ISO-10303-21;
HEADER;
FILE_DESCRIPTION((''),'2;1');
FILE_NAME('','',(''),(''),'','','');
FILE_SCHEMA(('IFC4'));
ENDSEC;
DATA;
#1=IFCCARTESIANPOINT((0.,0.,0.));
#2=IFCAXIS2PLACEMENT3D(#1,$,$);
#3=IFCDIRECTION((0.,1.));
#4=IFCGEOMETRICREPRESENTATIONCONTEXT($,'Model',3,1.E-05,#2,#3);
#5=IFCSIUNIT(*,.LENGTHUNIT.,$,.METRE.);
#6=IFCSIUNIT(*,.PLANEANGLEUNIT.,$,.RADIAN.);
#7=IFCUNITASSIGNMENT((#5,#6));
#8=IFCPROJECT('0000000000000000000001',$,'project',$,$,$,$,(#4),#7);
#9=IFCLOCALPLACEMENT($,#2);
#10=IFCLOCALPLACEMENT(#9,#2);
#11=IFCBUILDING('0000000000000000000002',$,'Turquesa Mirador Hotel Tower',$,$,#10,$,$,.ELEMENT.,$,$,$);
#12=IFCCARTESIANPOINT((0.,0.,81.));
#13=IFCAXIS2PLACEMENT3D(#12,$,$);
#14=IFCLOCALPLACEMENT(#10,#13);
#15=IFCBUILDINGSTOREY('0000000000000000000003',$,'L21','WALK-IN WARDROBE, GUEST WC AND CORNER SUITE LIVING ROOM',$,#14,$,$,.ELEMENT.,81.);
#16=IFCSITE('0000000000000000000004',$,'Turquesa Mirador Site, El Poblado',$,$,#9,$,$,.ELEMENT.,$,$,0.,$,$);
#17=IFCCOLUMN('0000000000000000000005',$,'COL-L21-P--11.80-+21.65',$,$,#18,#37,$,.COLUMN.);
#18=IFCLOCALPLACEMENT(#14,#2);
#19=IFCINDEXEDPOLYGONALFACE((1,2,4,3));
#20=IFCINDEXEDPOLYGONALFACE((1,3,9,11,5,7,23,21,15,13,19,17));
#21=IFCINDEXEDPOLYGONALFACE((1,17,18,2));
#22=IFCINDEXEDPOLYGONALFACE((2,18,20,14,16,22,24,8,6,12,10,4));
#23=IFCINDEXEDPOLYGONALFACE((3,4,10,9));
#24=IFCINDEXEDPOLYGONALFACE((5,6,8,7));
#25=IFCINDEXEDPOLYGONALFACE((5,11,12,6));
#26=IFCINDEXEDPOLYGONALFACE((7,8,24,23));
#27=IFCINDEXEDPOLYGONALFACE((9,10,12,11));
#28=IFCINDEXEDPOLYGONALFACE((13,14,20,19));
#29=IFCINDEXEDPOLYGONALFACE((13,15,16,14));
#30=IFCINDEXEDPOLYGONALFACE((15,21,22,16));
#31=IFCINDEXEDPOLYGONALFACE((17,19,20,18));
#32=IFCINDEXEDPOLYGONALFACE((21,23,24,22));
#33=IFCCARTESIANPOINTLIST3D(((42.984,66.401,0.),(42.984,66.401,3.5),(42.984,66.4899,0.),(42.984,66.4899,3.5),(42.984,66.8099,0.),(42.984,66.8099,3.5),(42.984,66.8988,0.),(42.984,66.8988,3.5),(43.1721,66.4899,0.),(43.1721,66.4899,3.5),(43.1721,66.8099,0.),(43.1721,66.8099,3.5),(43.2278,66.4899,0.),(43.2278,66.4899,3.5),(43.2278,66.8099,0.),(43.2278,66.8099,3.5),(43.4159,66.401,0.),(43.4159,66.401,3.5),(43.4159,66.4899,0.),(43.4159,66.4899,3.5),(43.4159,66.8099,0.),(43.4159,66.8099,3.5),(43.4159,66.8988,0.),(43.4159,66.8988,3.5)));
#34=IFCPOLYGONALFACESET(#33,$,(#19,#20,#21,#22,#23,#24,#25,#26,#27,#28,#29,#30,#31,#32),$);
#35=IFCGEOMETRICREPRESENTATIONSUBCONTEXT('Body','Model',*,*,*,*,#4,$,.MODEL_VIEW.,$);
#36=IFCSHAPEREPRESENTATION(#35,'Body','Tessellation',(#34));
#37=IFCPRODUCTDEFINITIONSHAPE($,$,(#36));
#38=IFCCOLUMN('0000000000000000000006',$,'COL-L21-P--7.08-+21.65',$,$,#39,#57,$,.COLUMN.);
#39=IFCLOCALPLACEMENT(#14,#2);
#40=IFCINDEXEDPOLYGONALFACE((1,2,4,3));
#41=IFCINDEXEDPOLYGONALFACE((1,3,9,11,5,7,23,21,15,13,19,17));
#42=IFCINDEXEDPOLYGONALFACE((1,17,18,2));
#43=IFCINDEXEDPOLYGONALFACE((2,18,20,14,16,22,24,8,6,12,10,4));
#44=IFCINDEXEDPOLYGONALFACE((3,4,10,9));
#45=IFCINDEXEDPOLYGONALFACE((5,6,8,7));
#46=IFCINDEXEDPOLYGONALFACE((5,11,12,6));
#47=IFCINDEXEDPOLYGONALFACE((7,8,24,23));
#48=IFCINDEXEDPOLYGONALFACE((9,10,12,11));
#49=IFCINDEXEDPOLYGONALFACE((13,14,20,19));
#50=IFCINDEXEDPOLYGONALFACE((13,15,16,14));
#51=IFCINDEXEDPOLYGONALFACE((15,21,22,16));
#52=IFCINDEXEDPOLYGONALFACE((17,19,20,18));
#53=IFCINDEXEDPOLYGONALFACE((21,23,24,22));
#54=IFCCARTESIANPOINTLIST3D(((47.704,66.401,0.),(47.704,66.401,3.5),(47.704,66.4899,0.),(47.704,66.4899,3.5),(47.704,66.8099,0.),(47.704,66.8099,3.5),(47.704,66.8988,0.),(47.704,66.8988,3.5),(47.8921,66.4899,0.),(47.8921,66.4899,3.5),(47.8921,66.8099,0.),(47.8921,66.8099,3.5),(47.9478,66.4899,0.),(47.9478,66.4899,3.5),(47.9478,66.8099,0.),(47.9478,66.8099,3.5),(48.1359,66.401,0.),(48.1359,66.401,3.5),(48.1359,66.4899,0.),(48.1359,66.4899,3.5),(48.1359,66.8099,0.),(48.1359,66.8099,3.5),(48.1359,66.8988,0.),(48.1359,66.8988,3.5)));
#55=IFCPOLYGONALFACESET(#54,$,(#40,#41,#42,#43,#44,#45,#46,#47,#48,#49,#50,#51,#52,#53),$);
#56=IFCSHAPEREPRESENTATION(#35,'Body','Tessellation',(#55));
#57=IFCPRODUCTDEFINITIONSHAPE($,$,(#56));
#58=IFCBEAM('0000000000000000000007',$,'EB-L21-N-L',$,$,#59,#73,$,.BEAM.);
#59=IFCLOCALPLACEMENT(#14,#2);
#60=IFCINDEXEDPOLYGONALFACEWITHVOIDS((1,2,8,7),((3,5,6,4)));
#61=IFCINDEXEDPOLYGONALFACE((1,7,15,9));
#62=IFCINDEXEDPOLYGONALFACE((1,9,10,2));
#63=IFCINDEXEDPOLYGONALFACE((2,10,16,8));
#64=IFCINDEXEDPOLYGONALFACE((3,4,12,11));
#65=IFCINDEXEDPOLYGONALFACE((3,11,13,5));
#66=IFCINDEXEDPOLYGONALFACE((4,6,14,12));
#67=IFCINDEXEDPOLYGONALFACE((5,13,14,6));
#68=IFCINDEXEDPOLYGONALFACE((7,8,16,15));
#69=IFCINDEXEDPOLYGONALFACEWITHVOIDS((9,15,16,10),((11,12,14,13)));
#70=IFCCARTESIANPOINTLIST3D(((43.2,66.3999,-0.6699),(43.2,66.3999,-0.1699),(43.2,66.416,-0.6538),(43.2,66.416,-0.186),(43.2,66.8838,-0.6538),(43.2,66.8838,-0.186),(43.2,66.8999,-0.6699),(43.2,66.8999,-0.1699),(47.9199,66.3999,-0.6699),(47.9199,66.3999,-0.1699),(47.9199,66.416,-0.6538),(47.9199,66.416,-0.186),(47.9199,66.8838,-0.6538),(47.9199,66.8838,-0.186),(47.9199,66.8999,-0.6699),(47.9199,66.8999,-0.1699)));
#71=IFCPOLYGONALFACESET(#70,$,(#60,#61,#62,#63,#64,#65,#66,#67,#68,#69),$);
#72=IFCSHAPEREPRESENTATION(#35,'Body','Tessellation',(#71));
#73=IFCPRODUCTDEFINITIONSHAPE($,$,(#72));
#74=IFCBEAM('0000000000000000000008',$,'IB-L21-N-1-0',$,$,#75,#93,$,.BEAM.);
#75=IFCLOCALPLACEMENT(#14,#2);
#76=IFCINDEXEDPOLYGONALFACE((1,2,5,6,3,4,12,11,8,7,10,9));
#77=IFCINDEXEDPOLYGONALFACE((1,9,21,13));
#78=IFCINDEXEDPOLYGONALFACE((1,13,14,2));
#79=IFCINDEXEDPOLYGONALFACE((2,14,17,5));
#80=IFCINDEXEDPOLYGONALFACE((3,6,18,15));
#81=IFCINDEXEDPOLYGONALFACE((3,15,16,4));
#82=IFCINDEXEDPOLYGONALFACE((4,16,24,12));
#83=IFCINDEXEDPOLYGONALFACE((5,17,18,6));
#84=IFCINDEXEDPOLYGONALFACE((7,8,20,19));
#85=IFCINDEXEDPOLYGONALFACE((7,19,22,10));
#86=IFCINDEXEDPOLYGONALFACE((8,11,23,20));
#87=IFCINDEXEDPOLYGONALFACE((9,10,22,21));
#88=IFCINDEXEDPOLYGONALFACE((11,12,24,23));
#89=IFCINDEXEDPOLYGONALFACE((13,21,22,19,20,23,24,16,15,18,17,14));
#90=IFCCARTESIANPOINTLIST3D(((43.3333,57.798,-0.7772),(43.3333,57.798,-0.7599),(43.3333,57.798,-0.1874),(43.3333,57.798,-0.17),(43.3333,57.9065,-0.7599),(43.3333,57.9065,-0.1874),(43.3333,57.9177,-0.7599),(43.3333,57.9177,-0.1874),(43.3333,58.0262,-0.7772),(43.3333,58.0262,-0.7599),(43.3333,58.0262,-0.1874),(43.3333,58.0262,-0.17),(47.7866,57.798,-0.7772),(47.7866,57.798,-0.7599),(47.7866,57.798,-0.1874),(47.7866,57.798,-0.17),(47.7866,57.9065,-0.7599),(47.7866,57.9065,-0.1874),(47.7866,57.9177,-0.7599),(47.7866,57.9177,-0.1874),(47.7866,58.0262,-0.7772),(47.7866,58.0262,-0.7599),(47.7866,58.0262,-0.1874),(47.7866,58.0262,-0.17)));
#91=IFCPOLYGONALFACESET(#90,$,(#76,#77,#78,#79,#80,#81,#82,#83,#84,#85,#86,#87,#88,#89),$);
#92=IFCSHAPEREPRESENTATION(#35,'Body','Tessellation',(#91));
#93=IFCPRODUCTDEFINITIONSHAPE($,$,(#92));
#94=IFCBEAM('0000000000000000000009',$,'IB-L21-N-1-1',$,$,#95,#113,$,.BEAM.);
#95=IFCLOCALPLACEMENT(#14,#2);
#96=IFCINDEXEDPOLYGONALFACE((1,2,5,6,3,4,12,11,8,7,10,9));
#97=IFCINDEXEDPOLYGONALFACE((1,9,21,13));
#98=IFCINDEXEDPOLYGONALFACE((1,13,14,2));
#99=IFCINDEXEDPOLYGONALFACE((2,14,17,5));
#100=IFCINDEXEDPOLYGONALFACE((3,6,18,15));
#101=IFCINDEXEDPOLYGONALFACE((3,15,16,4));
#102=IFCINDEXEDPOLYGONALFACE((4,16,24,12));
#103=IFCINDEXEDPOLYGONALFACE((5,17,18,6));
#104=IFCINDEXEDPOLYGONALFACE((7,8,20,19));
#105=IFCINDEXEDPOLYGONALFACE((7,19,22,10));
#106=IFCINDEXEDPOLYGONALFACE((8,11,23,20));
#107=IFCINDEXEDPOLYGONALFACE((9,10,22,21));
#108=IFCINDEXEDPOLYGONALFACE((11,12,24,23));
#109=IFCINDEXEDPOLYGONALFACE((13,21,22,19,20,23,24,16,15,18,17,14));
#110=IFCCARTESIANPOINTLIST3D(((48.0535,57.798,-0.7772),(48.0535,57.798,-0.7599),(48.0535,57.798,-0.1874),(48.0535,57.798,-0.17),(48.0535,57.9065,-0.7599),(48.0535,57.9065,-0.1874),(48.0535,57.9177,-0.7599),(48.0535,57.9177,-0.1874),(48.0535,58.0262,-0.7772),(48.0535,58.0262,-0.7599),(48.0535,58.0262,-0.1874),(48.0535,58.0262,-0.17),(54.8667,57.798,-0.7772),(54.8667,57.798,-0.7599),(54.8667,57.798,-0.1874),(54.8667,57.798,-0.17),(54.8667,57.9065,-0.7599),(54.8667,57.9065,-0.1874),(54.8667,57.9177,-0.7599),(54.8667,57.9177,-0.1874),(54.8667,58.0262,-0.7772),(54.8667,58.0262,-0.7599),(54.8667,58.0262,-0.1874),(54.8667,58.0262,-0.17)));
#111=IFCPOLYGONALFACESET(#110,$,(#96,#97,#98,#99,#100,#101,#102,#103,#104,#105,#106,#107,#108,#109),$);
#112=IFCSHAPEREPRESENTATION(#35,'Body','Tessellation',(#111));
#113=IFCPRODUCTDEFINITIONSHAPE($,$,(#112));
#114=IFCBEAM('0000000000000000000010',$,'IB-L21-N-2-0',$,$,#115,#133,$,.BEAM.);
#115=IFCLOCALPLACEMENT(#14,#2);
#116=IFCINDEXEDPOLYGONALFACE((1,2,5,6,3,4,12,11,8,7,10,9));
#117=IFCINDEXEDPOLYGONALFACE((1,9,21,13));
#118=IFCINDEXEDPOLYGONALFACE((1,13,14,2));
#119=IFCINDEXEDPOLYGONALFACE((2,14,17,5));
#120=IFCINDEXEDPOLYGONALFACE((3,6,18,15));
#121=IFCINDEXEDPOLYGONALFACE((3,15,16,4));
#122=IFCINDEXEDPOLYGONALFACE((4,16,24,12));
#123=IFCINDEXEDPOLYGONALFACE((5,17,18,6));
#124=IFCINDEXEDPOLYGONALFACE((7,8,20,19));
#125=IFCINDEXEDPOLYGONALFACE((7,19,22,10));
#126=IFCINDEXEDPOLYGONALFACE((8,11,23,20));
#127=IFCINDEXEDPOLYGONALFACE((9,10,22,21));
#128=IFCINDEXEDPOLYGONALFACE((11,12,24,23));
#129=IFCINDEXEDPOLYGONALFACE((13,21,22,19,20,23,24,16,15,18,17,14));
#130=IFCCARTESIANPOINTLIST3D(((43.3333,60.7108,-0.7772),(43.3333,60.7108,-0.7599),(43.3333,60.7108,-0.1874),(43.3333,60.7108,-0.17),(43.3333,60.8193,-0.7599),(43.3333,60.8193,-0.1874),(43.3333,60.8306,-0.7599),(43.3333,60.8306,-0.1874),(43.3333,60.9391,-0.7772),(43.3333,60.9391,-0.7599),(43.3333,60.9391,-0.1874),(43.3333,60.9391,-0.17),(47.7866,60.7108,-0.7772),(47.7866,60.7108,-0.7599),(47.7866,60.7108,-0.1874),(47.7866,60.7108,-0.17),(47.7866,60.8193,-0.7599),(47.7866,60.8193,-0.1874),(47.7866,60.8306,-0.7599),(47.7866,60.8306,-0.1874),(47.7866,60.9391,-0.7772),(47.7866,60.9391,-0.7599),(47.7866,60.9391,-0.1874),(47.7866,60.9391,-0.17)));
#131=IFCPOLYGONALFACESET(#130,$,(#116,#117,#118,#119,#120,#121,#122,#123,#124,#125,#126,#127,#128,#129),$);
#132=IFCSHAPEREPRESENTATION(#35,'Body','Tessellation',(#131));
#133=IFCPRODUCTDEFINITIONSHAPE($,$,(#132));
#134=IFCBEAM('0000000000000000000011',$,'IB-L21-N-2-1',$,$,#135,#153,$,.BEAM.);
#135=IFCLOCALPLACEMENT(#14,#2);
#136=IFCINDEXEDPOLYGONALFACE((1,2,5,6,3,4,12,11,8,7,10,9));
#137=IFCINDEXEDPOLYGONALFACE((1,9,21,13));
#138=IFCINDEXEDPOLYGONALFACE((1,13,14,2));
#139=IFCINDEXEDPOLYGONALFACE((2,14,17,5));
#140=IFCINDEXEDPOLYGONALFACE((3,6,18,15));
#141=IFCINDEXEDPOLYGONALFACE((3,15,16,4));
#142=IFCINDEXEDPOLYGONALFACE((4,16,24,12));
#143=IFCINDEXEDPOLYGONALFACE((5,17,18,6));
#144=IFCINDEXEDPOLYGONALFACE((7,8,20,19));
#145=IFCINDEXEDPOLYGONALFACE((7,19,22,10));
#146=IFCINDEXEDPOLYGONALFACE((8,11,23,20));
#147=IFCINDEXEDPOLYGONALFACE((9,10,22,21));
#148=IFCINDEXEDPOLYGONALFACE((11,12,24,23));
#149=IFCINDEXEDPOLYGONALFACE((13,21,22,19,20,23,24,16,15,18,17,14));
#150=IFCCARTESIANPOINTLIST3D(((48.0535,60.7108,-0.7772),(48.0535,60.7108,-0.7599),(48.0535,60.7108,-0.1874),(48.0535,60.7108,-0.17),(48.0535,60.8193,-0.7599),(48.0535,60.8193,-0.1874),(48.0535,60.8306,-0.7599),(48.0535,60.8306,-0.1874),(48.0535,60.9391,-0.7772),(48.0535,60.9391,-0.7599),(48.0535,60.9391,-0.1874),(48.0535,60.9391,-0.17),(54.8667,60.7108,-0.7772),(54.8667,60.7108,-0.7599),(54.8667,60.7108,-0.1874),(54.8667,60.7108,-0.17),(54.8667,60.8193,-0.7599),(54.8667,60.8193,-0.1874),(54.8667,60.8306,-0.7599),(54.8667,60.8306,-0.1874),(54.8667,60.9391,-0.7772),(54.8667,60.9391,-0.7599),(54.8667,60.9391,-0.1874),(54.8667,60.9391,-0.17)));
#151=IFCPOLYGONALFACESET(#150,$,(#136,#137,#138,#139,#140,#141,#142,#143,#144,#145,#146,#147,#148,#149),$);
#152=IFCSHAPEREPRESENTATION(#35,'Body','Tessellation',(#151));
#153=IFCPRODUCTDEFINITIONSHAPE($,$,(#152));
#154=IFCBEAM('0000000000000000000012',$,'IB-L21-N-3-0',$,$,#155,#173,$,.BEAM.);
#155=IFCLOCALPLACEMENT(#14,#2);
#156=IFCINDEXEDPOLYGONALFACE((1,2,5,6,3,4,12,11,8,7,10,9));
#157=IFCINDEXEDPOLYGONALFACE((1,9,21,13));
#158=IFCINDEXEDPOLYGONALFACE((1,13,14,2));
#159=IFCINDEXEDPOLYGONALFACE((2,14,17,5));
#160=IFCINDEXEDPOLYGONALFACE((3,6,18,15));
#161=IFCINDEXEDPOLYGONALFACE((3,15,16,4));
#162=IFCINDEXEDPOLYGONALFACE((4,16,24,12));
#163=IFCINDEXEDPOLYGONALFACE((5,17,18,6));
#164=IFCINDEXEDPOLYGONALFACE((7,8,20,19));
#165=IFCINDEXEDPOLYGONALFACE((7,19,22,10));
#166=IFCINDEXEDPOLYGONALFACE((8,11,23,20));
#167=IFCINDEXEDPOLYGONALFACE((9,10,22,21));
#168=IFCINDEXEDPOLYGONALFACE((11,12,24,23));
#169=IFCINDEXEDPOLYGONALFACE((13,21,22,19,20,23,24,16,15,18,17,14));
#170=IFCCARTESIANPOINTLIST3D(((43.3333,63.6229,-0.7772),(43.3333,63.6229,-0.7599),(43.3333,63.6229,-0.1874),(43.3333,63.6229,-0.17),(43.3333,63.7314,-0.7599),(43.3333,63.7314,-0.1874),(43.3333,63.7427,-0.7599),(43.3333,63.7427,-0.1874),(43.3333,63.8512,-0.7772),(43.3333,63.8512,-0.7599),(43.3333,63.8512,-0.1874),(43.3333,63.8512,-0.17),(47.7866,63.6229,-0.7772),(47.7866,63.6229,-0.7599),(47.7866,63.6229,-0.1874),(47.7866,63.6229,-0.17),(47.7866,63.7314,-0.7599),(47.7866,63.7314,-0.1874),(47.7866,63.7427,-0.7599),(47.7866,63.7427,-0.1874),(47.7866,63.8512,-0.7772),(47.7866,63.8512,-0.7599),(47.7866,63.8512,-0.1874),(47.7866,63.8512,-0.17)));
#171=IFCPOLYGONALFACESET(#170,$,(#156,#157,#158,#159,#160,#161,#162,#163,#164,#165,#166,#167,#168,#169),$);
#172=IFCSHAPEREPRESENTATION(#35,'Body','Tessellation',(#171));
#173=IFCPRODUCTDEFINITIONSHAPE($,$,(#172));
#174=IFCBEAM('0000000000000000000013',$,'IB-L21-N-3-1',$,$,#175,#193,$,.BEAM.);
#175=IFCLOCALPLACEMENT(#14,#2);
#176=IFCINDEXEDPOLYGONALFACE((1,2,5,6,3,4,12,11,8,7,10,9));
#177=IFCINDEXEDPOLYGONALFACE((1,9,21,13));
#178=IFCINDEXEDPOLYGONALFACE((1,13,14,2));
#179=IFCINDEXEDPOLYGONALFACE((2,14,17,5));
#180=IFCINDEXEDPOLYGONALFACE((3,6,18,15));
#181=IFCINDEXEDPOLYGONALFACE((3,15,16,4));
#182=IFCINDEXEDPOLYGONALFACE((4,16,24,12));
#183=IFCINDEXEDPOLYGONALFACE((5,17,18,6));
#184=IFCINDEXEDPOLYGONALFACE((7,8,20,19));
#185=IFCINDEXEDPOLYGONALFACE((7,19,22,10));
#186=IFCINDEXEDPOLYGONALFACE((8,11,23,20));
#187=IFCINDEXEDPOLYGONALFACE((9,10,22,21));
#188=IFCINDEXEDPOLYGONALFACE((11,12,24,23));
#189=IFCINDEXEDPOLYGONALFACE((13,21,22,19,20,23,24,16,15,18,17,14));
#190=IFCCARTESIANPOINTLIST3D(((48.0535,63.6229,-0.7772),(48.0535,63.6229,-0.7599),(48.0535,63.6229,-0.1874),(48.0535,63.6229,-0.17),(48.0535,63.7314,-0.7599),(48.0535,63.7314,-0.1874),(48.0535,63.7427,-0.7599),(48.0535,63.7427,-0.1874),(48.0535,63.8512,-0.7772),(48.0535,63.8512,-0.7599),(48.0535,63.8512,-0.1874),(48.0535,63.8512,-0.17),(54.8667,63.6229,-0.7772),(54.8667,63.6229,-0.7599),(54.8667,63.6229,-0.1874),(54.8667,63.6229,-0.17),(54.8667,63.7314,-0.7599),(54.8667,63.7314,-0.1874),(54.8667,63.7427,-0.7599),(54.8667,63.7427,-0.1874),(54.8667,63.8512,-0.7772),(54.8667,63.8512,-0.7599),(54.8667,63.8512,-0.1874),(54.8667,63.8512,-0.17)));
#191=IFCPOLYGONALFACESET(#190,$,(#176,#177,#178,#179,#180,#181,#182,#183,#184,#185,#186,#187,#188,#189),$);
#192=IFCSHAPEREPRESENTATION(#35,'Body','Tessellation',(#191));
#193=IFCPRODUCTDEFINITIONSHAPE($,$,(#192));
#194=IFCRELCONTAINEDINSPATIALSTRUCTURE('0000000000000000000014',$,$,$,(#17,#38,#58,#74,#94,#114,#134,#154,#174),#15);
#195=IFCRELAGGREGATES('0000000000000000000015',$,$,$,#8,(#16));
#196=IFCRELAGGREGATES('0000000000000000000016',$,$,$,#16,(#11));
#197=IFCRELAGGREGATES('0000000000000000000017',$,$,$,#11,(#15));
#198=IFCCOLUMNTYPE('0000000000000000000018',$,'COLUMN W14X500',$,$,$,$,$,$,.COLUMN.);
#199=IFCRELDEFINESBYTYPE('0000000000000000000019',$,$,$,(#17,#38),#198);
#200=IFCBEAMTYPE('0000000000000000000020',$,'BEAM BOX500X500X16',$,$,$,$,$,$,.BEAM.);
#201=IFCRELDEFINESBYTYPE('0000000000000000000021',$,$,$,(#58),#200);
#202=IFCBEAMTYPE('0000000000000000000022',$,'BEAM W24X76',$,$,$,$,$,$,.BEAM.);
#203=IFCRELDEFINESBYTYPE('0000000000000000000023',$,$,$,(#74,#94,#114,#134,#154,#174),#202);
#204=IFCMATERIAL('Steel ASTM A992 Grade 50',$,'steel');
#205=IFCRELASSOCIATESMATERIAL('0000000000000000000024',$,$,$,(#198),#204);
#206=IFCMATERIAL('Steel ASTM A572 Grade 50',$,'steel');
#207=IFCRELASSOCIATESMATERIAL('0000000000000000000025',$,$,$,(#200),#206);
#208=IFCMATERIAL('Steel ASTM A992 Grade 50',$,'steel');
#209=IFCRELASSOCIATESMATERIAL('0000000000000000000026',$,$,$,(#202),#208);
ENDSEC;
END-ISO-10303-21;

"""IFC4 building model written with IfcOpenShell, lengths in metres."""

from ifc_helpers import new_model, si_unit, direction, frame, origin, origin_2d, place, context, subcontext, project, spatial, hollow_rectangle, i_section, extrude, material, material_profile, profile_set, type_object, element, save


model = new_model("IFC4")

# Units and contexts
model_context = context("Model", 3, precision=1e-05, world=origin(), true_north=direction((0.0, 1.0)))
body_context = subcontext(model_context, "Body", "Model", "MODEL_VIEW")
ifc_project = project(units=[si_unit("LENGTHUNIT", "METRE"), si_unit("PLANEANGLEUNIT", "RADIAN")], contexts=[model_context])

# Site, building, storey
site_placement = place(None, origin())
site = spatial("IfcSite", under=ifc_project, at=site_placement, Name="Turquesa Mirador Site, El Poblado", CompositionType="ELEMENT", RefElevation=0.0)
building_placement = place(site_placement, origin())
building = spatial("IfcBuilding", under=site, at=building_placement, Name="Turquesa Mirador Hotel Tower", CompositionType="ELEMENT")
storey_placement = place(building_placement, frame((0.0, 0.0, 81.0)))
storey = spatial("IfcBuildingStorey", under=building, at=storey_placement, Name="L21", Description="WALK-IN WARDROBE, GUEST WC AND CORNER SUITE LIVING ROOM", CompositionType="ELEMENT", Elevation=81.0)

# Columns
ifc_material_1 = material(Name="Steel ASTM A992 Grade 50", Category="steel")
ifc_material_profile_1 = material_profile(ifc_material_1, i_section(OverallWidth=0.4319, OverallDepth=0.4978, WebThickness=0.0557, FlangeThickness=0.0889, at=origin_2d()), Name="W14X500")
ifc_profile_set_1 = profile_set([ifc_material_profile_1], Name="Steel ASTM A992 Grade 50")
column_type = type_object("IfcColumnType", Name="COLUMN W14X500", PredefinedType="COLUMN", material=ifc_profile_set_1)
for number, where, z_axis, x_axis, name in (
    (1, (43.2, 66.6499, 0.0), (0.0, 0.0, 1.0), (1.0, 0.0, 0.0), "COL-L21-P--11.80-+21.65"),
    (2, (47.9199, 66.6499, 0.0), (0.0, 0.0, 1.0), (1.0, 0.0, 0.0), "COL-L21-P--7.08-+21.65"),
):
    element("IfcColumn", number, at=place(storey_placement, frame(where, z_axis=z_axis, x_axis=x_axis)), inside=storey, type_object=column_type, Name=name, PredefinedType="COLUMN", context=body_context, shape_type="SweptSolid", body=[
        extrude(i_section(OverallWidth=0.4319, OverallDepth=0.4978, WebThickness=0.0557, FlangeThickness=0.0889, at=origin_2d()), origin(), (0.0, 0.0, 1.0), 3.5),
    ])

# Beams
ifc_material_2 = material(Name="Steel ASTM A572 Grade 50", Category="steel")
ifc_material_profile_2 = material_profile(ifc_material_2, hollow_rectangle(XDim=0.5, YDim=0.5, WallThickness=0.0161, at=origin_2d()), Name="BOX500X500X16")
ifc_profile_set_2 = profile_set([ifc_material_profile_2], Name="Steel ASTM A572 Grade 50")
beam_type_1 = type_object("IfcBeamType", Name="BEAM BOX500X500X16", PredefinedType="BEAM", material=ifc_profile_set_2)
beam_1_placement = place(storey_placement, frame((43.2, 66.6499, -0.4199), z_axis=(1.0, 0.0, 0.0), x_axis=(0.0, 1.0, 0.0)))
element("IfcBeam", 3, at=beam_1_placement, inside=storey, type_object=beam_type_1, Name="EB-L21-N-L", PredefinedType="BEAM", context=body_context, shape_type="SweptSolid", body=[
    extrude(hollow_rectangle(XDim=0.5, YDim=0.5, WallThickness=0.0161, at=origin_2d()), origin(), (0.0, 0.0, 1.0), 4.72),
])
ifc_material_3 = material(Name="Steel ASTM A992 Grade 50", Category="steel")
ifc_material_profile_3 = material_profile(ifc_material_3, i_section(OverallWidth=0.2283, OverallDepth=0.6072, WebThickness=0.0112, FlangeThickness=0.0173, at=origin_2d()), Name="W24X76")
ifc_profile_set_3 = profile_set([ifc_material_profile_3], Name="Steel ASTM A992 Grade 50")
beam_type_2 = type_object("IfcBeamType", Name="BEAM W24X76", PredefinedType="BEAM", material=ifc_profile_set_3)
beam_2_placement = place(storey_placement, frame((43.3333, 57.9121, -0.4736), z_axis=(1.0, 0.0, 0.0), x_axis=(0.0, 1.0, 0.0)))
element("IfcBeam", 4, at=beam_2_placement, inside=storey, type_object=beam_type_2, Name="IB-L21-N-1-0", PredefinedType="BEAM", context=body_context, shape_type="SweptSolid", body=[
    extrude(i_section(OverallWidth=0.2283, OverallDepth=0.6072, WebThickness=0.0112, FlangeThickness=0.0173, at=origin_2d()), origin(), (0.0, 0.0, 1.0), 4.4534),
])
beam_3_placement = place(storey_placement, frame((48.0535, 57.9121, -0.4736), z_axis=(1.0, 0.0, 0.0), x_axis=(0.0, 1.0, 0.0)))
element("IfcBeam", 5, at=beam_3_placement, inside=storey, type_object=beam_type_2, Name="IB-L21-N-1-1", PredefinedType="BEAM", context=body_context, shape_type="SweptSolid", body=[
    extrude(i_section(OverallWidth=0.2283, OverallDepth=0.6072, WebThickness=0.0112, FlangeThickness=0.0173, at=origin_2d()), origin(), (0.0, 0.0, 1.0), 6.8132),
])
beam_4_placement = place(storey_placement, frame((43.3333, 60.825, -0.4736), z_axis=(1.0, 0.0, 0.0), x_axis=(0.0, 1.0, 0.0)))
element("IfcBeam", 6, at=beam_4_placement, inside=storey, type_object=beam_type_2, Name="IB-L21-N-2-0", PredefinedType="BEAM", context=body_context, shape_type="SweptSolid", body=[
    extrude(i_section(OverallWidth=0.2283, OverallDepth=0.6072, WebThickness=0.0112, FlangeThickness=0.0173, at=origin_2d()), origin(), (0.0, 0.0, 1.0), 4.4534),
])
beam_5_placement = place(storey_placement, frame((48.0535, 60.825, -0.4736), z_axis=(1.0, 0.0, 0.0), x_axis=(0.0, 1.0, 0.0)))
element("IfcBeam", 7, at=beam_5_placement, inside=storey, type_object=beam_type_2, Name="IB-L21-N-2-1", PredefinedType="BEAM", context=body_context, shape_type="SweptSolid", body=[
    extrude(i_section(OverallWidth=0.2283, OverallDepth=0.6072, WebThickness=0.0112, FlangeThickness=0.0173, at=origin_2d()), origin(), (0.0, 0.0, 1.0), 6.8132),
])
beam_6_placement = place(storey_placement, frame((43.3333, 63.7371, -0.4736), z_axis=(1.0, 0.0, 0.0), x_axis=(0.0, 1.0, 0.0)))
element("IfcBeam", 8, at=beam_6_placement, inside=storey, type_object=beam_type_2, Name="IB-L21-N-3-0", PredefinedType="BEAM", context=body_context, shape_type="SweptSolid", body=[
    extrude(i_section(OverallWidth=0.2283, OverallDepth=0.6072, WebThickness=0.0112, FlangeThickness=0.0173, at=origin_2d()), origin(), (0.0, 0.0, 1.0), 4.4534),
])
beam_7_placement = place(storey_placement, frame((48.0535, 63.7371, -0.4736), z_axis=(1.0, 0.0, 0.0), x_axis=(0.0, 1.0, 0.0)))
element("IfcBeam", 9, at=beam_7_placement, inside=storey, type_object=beam_type_2, Name="IB-L21-N-3-1", PredefinedType="BEAM", context=body_context, shape_type="SweptSolid", body=[
    extrude(i_section(OverallWidth=0.2283, OverallDepth=0.6072, WebThickness=0.0112, FlangeThickness=0.0173, at=origin_2d()), origin(), (0.0, 0.0, 1.0), 6.8132),
])

save(model, "model.ifc")
